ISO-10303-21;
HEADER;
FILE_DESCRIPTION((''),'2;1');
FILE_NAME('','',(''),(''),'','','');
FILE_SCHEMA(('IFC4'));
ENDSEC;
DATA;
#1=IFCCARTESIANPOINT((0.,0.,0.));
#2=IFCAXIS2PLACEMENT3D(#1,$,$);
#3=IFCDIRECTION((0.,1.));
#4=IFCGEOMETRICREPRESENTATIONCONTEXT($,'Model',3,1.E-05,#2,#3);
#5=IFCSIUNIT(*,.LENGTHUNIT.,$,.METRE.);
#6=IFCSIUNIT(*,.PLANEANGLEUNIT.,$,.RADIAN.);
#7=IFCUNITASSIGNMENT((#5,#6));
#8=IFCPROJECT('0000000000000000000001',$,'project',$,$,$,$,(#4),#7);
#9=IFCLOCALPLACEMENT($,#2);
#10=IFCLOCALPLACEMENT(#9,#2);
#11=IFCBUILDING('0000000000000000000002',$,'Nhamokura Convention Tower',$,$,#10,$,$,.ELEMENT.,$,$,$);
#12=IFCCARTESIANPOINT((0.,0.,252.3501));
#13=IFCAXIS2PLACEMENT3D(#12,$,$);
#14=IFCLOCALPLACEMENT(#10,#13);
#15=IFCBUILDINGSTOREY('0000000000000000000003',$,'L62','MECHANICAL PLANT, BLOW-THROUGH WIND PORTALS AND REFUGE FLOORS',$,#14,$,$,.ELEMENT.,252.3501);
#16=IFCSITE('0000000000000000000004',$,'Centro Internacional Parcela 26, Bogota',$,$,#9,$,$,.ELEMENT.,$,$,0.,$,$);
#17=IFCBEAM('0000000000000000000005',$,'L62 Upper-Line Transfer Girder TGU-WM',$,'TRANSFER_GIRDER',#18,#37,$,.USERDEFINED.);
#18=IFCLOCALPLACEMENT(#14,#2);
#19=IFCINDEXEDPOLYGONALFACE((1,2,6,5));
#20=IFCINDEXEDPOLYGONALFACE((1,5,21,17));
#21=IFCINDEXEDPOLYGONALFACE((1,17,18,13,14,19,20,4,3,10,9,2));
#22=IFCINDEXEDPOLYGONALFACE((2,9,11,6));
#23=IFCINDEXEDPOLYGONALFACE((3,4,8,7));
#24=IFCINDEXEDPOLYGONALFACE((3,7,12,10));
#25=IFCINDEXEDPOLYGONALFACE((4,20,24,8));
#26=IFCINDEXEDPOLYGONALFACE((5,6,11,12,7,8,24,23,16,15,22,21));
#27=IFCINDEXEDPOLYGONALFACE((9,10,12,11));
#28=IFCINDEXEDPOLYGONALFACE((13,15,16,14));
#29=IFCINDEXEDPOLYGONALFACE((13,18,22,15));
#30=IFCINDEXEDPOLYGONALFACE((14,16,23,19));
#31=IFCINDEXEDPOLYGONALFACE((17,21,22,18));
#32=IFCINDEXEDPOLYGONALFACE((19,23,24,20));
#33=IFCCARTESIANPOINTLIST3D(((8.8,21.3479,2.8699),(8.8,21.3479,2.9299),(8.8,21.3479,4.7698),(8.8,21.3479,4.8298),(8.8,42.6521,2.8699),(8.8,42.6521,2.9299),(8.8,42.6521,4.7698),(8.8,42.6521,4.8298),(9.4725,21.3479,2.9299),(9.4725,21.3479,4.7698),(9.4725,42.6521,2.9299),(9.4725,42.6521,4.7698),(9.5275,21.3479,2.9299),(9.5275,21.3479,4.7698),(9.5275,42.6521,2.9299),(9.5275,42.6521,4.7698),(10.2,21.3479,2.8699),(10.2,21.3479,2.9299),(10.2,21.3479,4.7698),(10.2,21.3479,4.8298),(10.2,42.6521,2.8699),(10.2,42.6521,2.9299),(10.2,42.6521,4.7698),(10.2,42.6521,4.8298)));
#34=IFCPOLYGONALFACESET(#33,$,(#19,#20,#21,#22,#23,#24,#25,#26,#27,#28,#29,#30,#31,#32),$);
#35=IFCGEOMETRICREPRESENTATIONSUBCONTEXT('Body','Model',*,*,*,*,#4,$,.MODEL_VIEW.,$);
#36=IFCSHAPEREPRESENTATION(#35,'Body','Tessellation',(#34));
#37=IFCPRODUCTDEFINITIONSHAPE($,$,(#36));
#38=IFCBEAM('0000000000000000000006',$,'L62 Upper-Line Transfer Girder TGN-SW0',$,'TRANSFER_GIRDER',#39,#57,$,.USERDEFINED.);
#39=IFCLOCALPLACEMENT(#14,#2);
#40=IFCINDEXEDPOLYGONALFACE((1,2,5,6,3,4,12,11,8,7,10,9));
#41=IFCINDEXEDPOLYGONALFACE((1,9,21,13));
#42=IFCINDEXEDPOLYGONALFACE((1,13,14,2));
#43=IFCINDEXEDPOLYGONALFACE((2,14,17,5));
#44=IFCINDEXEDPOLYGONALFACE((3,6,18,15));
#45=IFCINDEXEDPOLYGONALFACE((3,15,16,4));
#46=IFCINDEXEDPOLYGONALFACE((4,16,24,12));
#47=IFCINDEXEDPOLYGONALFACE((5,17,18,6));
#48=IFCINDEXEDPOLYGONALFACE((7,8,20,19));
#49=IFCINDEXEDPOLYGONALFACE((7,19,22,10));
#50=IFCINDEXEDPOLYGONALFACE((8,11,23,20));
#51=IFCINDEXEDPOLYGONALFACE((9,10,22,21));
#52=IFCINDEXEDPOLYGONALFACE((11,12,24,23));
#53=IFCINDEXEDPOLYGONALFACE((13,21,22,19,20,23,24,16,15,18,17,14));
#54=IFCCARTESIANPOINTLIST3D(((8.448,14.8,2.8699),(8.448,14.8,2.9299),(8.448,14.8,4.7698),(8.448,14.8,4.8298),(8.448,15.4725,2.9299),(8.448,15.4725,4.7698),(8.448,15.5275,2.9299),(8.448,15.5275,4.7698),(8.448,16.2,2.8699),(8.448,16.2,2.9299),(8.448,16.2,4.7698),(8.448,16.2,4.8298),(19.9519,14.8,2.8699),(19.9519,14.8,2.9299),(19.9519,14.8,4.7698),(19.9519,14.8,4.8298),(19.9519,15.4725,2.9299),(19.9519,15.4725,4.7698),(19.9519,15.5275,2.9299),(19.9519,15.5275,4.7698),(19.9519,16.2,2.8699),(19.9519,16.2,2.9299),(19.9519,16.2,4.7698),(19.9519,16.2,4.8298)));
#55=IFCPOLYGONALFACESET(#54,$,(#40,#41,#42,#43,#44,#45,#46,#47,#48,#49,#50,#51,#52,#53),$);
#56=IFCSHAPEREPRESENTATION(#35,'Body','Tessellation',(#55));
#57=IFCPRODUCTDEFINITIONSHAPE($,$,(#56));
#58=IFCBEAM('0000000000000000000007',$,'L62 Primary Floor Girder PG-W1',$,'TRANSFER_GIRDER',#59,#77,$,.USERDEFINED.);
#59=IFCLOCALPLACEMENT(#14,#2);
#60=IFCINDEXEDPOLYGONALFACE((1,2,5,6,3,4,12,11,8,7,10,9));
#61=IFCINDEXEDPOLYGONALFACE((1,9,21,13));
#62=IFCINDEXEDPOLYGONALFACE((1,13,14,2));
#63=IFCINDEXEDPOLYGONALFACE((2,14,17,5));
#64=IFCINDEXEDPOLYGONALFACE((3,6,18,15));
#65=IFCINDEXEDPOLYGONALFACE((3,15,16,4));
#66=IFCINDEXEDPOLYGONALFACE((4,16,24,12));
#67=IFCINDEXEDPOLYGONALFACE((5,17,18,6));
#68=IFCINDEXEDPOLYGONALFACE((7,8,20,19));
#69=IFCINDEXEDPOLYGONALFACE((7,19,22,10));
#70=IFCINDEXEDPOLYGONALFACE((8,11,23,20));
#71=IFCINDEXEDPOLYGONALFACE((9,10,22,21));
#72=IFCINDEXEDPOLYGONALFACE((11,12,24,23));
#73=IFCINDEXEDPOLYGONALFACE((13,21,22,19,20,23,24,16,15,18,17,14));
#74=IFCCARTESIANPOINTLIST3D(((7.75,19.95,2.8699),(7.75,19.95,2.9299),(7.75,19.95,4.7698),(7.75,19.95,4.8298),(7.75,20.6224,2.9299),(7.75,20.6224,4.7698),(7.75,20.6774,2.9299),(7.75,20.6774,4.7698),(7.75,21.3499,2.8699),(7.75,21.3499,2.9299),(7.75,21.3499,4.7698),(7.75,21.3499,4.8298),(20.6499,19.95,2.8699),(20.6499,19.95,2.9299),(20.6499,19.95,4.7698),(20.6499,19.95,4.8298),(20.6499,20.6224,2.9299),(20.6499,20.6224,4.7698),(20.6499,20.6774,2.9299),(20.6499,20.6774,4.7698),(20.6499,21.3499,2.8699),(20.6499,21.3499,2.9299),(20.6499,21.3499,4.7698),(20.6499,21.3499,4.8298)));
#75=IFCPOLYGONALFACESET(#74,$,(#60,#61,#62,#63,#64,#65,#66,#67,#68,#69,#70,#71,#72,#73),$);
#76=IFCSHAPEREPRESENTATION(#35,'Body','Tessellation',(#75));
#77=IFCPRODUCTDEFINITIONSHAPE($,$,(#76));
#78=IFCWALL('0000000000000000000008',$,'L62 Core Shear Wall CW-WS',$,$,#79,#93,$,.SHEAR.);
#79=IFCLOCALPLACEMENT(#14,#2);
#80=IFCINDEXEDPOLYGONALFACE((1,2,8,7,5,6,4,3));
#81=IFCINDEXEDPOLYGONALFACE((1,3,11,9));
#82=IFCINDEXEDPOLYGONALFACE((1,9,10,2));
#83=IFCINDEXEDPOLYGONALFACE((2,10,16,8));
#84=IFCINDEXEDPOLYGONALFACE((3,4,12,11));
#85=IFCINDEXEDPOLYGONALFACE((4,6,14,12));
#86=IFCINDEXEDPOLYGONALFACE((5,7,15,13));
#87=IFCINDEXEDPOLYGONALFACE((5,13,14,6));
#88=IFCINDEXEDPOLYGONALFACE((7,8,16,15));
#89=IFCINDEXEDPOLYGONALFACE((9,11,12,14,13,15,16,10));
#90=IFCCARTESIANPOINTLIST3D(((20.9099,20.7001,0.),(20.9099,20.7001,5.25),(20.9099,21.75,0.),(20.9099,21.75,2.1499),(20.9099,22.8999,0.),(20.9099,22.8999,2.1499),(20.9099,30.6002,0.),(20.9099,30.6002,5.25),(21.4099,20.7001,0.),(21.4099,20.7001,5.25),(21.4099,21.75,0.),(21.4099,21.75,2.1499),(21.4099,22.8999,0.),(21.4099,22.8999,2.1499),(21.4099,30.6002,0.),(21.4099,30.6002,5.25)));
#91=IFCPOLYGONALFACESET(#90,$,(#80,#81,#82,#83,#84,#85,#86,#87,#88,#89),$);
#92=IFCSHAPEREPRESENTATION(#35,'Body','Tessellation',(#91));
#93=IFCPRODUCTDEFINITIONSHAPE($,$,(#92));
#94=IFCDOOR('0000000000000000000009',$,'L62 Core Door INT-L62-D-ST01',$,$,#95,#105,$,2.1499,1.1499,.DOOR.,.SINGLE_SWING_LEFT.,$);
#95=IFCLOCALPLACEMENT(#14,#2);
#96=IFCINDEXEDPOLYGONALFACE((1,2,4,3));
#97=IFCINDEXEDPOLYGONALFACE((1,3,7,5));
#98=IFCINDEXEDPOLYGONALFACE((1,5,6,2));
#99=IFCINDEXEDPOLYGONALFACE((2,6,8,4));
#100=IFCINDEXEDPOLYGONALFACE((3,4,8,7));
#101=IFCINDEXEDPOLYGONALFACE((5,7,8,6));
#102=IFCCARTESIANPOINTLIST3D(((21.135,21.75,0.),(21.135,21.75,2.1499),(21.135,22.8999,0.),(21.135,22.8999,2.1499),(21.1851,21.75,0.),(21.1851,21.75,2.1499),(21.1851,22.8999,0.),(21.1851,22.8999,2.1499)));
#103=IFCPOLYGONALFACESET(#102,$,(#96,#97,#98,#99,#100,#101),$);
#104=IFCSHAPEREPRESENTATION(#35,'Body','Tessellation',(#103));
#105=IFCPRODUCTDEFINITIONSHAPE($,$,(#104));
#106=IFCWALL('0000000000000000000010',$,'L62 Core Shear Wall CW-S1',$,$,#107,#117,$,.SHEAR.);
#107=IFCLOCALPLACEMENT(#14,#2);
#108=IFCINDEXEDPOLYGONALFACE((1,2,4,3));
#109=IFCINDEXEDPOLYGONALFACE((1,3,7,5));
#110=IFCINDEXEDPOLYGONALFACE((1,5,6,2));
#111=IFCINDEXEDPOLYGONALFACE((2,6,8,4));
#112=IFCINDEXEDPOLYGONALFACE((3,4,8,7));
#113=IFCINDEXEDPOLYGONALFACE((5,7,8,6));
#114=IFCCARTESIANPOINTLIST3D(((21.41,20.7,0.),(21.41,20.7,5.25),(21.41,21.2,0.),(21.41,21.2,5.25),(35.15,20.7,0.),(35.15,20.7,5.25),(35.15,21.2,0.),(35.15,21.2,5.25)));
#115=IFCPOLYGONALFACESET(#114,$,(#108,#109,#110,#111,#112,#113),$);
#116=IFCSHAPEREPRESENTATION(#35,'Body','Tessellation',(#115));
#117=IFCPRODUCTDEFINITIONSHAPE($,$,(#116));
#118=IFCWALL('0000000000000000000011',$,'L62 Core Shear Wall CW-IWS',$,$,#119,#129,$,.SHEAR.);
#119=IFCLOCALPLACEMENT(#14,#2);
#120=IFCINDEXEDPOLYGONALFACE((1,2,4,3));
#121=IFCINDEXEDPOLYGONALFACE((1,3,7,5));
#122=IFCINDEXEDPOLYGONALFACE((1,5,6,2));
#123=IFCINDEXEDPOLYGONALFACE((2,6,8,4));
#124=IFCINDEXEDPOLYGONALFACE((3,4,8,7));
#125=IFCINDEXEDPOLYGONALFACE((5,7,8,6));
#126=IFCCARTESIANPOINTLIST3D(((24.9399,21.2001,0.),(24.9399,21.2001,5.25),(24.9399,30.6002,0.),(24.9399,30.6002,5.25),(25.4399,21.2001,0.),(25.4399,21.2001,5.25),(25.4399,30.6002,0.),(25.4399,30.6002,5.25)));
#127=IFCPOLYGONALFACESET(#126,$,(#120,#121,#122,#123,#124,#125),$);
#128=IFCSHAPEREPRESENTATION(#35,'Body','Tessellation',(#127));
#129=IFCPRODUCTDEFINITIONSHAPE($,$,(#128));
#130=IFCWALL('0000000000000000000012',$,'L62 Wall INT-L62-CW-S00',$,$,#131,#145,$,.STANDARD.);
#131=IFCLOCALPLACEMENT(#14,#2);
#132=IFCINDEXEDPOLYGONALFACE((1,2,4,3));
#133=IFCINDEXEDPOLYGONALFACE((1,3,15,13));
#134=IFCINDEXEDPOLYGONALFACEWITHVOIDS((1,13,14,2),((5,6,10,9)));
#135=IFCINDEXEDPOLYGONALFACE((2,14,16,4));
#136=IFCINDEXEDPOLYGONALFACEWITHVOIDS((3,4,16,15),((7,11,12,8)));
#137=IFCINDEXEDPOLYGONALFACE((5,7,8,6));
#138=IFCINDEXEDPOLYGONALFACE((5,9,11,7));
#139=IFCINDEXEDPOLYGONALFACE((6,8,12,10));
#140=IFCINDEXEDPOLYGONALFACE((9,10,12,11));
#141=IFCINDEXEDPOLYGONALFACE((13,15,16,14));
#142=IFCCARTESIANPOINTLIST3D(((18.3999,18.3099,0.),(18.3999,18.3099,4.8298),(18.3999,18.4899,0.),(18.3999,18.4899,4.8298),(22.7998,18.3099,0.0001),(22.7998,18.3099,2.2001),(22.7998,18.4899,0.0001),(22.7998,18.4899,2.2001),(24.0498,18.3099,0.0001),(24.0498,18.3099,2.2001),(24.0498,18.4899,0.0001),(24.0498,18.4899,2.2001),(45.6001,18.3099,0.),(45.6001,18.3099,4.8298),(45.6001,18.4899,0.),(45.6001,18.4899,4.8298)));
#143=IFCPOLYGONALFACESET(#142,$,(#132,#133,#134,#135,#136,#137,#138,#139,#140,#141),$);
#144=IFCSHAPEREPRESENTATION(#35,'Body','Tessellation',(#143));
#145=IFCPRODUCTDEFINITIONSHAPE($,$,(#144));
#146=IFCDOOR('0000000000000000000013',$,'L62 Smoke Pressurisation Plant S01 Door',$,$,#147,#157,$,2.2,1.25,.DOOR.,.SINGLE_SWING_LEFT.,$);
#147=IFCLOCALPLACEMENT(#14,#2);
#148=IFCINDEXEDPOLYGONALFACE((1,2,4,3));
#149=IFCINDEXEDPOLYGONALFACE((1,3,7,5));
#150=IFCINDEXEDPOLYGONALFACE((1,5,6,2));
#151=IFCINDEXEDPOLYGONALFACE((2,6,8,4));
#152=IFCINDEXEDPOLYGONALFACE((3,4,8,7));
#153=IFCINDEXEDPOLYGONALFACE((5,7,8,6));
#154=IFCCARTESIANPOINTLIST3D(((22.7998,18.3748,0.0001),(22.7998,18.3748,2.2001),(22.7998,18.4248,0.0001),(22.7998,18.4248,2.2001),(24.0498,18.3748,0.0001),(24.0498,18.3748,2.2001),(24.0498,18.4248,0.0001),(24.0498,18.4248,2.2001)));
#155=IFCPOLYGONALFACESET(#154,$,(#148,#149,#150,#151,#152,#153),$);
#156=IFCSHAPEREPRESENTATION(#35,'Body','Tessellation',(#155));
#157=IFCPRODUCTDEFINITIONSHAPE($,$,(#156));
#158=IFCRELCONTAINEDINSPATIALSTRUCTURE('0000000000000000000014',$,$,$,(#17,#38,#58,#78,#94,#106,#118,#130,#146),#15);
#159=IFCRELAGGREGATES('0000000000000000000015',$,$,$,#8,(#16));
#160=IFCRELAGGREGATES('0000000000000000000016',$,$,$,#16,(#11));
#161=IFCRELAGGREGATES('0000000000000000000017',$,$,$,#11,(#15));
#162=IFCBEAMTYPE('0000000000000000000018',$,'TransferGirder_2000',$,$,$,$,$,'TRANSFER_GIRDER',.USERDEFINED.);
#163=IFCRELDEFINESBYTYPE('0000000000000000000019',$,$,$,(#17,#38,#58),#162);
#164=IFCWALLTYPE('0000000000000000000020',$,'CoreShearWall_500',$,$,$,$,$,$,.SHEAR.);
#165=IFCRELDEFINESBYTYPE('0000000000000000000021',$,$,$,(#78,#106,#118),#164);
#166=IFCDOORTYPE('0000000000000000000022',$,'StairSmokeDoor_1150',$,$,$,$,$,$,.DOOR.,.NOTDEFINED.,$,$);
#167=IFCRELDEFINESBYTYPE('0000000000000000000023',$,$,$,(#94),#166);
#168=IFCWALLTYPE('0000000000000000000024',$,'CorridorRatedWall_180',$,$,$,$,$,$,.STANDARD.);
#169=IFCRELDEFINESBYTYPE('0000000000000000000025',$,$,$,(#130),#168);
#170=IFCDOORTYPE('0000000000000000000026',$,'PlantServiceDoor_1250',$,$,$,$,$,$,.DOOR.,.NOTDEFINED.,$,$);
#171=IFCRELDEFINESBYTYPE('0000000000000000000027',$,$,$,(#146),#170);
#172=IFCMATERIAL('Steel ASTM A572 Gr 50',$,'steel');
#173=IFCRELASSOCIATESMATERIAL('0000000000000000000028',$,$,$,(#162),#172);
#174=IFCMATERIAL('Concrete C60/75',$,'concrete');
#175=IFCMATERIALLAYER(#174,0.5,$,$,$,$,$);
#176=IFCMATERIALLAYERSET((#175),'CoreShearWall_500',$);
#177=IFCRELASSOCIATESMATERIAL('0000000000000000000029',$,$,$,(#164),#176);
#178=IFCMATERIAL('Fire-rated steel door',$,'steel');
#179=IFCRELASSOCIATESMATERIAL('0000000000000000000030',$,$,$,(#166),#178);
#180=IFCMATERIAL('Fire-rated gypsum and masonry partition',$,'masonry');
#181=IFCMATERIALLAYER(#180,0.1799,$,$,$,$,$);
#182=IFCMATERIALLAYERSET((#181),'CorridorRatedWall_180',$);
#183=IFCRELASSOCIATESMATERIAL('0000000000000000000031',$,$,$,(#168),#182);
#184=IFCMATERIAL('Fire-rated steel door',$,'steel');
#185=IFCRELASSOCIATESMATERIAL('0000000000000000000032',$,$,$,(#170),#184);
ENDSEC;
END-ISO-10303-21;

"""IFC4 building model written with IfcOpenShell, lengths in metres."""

from ifc_helpers import new_model, si_unit, direction, frame, frame_2d, origin, origin_2d, place, context, subcontext, project, spatial, rectangle, i_section, extrude, material, layer, layer_set, material_profile, profile_set, type_object, element, fill, save


model = new_model("IFC4")

# Units and contexts
model_context = context("Model", 3, precision=1e-05, world=origin(), true_north=direction((0.0, 1.0)))
body_context = subcontext(model_context, "Body", "Model", "MODEL_VIEW")
ifc_project = project(units=[si_unit("LENGTHUNIT", "METRE"), si_unit("PLANEANGLEUNIT", "RADIAN")], contexts=[model_context])

# Site, building, storey
site_placement = place(None, origin())
site = spatial("IfcSite", under=ifc_project, at=site_placement, Name="Centro Internacional Parcela 26, Bogota", CompositionType="ELEMENT", RefElevation=0.0)
building_placement = place(site_placement, origin())
building = spatial("IfcBuilding", under=site, at=building_placement, Name="Nhamokura Convention Tower", CompositionType="ELEMENT")
storey_placement = place(building_placement, frame((0.0, 0.0, 252.3501)))
storey = spatial("IfcBuildingStorey", under=building, at=storey_placement, Name="L62", Description="MECHANICAL PLANT, BLOW-THROUGH WIND PORTALS AND REFUGE FLOORS", CompositionType="ELEMENT", Elevation=252.3501)

# Beams
ifc_material_1 = material(Name="Steel ASTM A572 Gr 50", Category="steel")
ifc_material_profile_1 = material_profile(ifc_material_1, i_section(OverallWidth=1.3999, OverallDepth=1.96, WebThickness=0.0549, FlangeThickness=0.0601, at=origin_2d()))
ifc_profile_set_1 = profile_set([ifc_material_profile_1], Name="Steel ASTM A572 Gr 50")
beam_type_1 = type_object("IfcBeamType", Name="TransferGirder_2000", ElementType="TRANSFER_GIRDER", PredefinedType="USERDEFINED", material=ifc_profile_set_1)
beam_1_placement = place(storey_placement, frame((9.5, 21.3479, 3.8499), z_axis=(0.0, 1.0, 0.0), x_axis=(-1.0, 0.0, 0.0)))
element("IfcBeam", 1, at=beam_1_placement, inside=storey, type_object=beam_type_1, Name="L62 Upper-Line Transfer Girder TGU-WM", ObjectType="TRANSFER_GIRDER", PredefinedType="USERDEFINED", context=body_context, shape_type="SweptSolid", body=[
    extrude(i_section(OverallWidth=1.3999, OverallDepth=1.96, WebThickness=0.0549, FlangeThickness=0.0601, at=origin_2d()), origin(), (0.0, 0.0, 1.0), 21.3042),
])
beam_2_placement = place(storey_placement, frame((8.448, 15.5, 3.8499), z_axis=(1.0, 0.0, 0.0), x_axis=(0.0, 1.0, 0.0)))
element("IfcBeam", 2, at=beam_2_placement, inside=storey, type_object=beam_type_1, Name="L62 Upper-Line Transfer Girder TGN-SW0", ObjectType="TRANSFER_GIRDER", PredefinedType="USERDEFINED", context=body_context, shape_type="SweptSolid", body=[
    extrude(i_section(OverallWidth=1.3999, OverallDepth=1.96, WebThickness=0.0549, FlangeThickness=0.0601, at=origin_2d()), origin(), (0.0, 0.0, 1.0), 11.5039),
])
beam_3_placement = place(storey_placement, frame((7.75, 20.6499, 3.8499), z_axis=(1.0, 0.0, 0.0), x_axis=(0.0, 1.0, 0.0)))
element("IfcBeam", 3, at=beam_3_placement, inside=storey, type_object=beam_type_1, Name="L62 Primary Floor Girder PG-W1", ObjectType="TRANSFER_GIRDER", PredefinedType="USERDEFINED", context=body_context, shape_type="SweptSolid", body=[
    extrude(i_section(OverallWidth=1.3999, OverallDepth=1.96, WebThickness=0.0549, FlangeThickness=0.0601, at=origin_2d()), origin(), (0.0, 0.0, 1.0), 12.8999),
])

# Wall, opening, door
ifc_material_2 = material(Name="Concrete C60/75", Category="concrete")
ifc_layer_1 = layer(ifc_material_2, 0.5)
ifc_layer_set_1 = layer_set([ifc_layer_1], Name="CoreShearWall_500")
wall_type_1 = type_object("IfcWallType", Name="CoreShearWall_500", PredefinedType="SHEAR", material=ifc_layer_set_1)
wall_1_placement = place(storey_placement, frame((21.1599, 20.7, 0.0), z_axis=(0.0, 0.0, 1.0), x_axis=(0.0, 1.0, 0.0)))
wall_1 = element("IfcWall", 4, at=wall_1_placement, inside=storey, type_object=wall_type_1, Name="L62 Core Shear Wall CW-WS", PredefinedType="SHEAR", context=body_context, shape_type="SweptSolid", body=[
    extrude(rectangle(XDim=9.9001, YDim=0.5, at=frame_2d((4.9502, 0.0))), origin(), (0.0, 0.0, 1.0), 5.25),
])
opening_1_placement = place(wall_1_placement, frame((1.05, 0.0, 0.0)))
opening_1 = element("IfcOpeningElement", 5, at=opening_1_placement, cuts=wall_1, PredefinedType="OPENING", context=body_context, shape_type="SweptSolid", body=[
    extrude(rectangle(XDim=1.1499, YDim=2.1499, at=frame_2d((0.575, 1.075))), frame((0.0, 0.26, 0.0), z_axis=(0.0, -1.0, 0.0), x_axis=(1.0, 0.0, 0.0)), (0.0, 0.0, 1.0), 0.52),
])
ifc_material_3 = material(Name="Fire-rated steel door", Category="steel")
door_type_1 = type_object("IfcDoorType", Name="StairSmokeDoor_1150", OperationType="NOTDEFINED", PredefinedType="DOOR", material=ifc_material_3)
door_1_placement = place(opening_1_placement, origin())
door_1 = element("IfcDoor", 6, at=door_1_placement, inside=storey, type_object=door_type_1, Name="L62 Core Door INT-L62-D-ST01", OperationType="SINGLE_SWING_LEFT", OverallHeight=2.1499, OverallWidth=1.1499, PredefinedType="DOOR", context=body_context, shape_type="SweptSolid", body=[
    extrude(rectangle(XDim=1.1499, YDim=2.1499, at=frame_2d((0.575, 1.075))), frame((0.0, 0.0249, 0.0), z_axis=(0.0, -1.0, 0.0), x_axis=(1.0, 0.0, 0.0)), (0.0, 0.0, 1.0), 0.05),
])
fill(opening_1, door_1)

# Walls
wall_2_placement = place(storey_placement, frame((21.4099, 20.95, 0.0), z_axis=(0.0, 0.0, 1.0), x_axis=(1.0, 0.0, 0.0)))
element("IfcWall", 7, at=wall_2_placement, inside=storey, type_object=wall_type_1, Name="L62 Core Shear Wall CW-S1", PredefinedType="SHEAR", context=body_context, shape_type="SweptSolid", body=[
    extrude(rectangle(XDim=13.74, YDim=0.5, at=frame_2d((6.8701, 0.0))), origin(), (0.0, 0.0, 1.0), 5.25),
])
wall_3_placement = place(storey_placement, frame((25.1899, 21.2, 0.0), z_axis=(0.0, 0.0, 1.0), x_axis=(0.0, 1.0, 0.0)))
element("IfcWall", 8, at=wall_3_placement, inside=storey, type_object=wall_type_1, Name="L62 Core Shear Wall CW-IWS", PredefinedType="SHEAR", context=body_context, shape_type="SweptSolid", body=[
    extrude(rectangle(XDim=9.4001, YDim=0.5, at=frame_2d((4.7002, 0.0))), origin(), (0.0, 0.0, 1.0), 5.25),
])

# Wall, opening, door
ifc_material_4 = material(Name="Fire-rated gypsum and masonry partition", Category="masonry")
ifc_layer_2 = layer(ifc_material_4, 0.1799)
ifc_layer_set_2 = layer_set([ifc_layer_2], Name="CorridorRatedWall_180")
wall_type_2 = type_object("IfcWallType", Name="CorridorRatedWall_180", PredefinedType="STANDARD", material=ifc_layer_set_2)
wall_4_placement = place(storey_placement, frame((18.3999, 18.3999, 0.0), z_axis=(0.0, 0.0, 1.0), x_axis=(1.0, 0.0, 0.0)))
wall_4 = element("IfcWall", 9, at=wall_4_placement, inside=storey, type_object=wall_type_2, Name="L62 Wall INT-L62-CW-S00", PredefinedType="STANDARD", context=body_context, shape_type="SweptSolid", body=[
    extrude(rectangle(XDim=27.2002, YDim=0.1799, at=frame_2d((13.6001, 0.0))), origin(), (0.0, 0.0, 1.0), 4.8298),
])
opening_2_placement = place(wall_4_placement, frame((4.3999, 0.0, 0.0)))
opening_2 = element("IfcOpeningElement", 10, at=opening_2_placement, cuts=wall_4, PredefinedType="OPENING", context=body_context, shape_type="SweptSolid", body=[
    extrude(rectangle(XDim=1.25, YDim=2.2, at=frame_2d((0.625, 1.1001))), frame((0.0, 0.0999, 0.0), z_axis=(0.0, -1.0, 0.0), x_axis=(1.0, 0.0, 0.0)), (0.0, 0.0, 1.0), 0.2),
])
ifc_material_5 = material(Name="Fire-rated steel door", Category="steel")
door_type_2 = type_object("IfcDoorType", Name="PlantServiceDoor_1250", OperationType="NOTDEFINED", PredefinedType="DOOR", material=ifc_material_5)
door_2_placement = place(opening_2_placement, origin())
door_2 = element("IfcDoor", 11, at=door_2_placement, inside=storey, type_object=door_type_2, Name="L62 Smoke Pressurisation Plant S01 Door", OperationType="SINGLE_SWING_LEFT", OverallHeight=2.2, OverallWidth=1.25, PredefinedType="DOOR", context=body_context, shape_type="SweptSolid", body=[
    extrude(rectangle(XDim=1.25, YDim=2.2, at=frame_2d((0.625, 1.1001))), frame((0.0, 0.0249, 0.0), z_axis=(0.0, -1.0, 0.0), x_axis=(1.0, 0.0, 0.0)), (0.0, 0.0, 1.0), 0.05),
])
fill(opening_2, door_2)

save(model, "model.ifc")
